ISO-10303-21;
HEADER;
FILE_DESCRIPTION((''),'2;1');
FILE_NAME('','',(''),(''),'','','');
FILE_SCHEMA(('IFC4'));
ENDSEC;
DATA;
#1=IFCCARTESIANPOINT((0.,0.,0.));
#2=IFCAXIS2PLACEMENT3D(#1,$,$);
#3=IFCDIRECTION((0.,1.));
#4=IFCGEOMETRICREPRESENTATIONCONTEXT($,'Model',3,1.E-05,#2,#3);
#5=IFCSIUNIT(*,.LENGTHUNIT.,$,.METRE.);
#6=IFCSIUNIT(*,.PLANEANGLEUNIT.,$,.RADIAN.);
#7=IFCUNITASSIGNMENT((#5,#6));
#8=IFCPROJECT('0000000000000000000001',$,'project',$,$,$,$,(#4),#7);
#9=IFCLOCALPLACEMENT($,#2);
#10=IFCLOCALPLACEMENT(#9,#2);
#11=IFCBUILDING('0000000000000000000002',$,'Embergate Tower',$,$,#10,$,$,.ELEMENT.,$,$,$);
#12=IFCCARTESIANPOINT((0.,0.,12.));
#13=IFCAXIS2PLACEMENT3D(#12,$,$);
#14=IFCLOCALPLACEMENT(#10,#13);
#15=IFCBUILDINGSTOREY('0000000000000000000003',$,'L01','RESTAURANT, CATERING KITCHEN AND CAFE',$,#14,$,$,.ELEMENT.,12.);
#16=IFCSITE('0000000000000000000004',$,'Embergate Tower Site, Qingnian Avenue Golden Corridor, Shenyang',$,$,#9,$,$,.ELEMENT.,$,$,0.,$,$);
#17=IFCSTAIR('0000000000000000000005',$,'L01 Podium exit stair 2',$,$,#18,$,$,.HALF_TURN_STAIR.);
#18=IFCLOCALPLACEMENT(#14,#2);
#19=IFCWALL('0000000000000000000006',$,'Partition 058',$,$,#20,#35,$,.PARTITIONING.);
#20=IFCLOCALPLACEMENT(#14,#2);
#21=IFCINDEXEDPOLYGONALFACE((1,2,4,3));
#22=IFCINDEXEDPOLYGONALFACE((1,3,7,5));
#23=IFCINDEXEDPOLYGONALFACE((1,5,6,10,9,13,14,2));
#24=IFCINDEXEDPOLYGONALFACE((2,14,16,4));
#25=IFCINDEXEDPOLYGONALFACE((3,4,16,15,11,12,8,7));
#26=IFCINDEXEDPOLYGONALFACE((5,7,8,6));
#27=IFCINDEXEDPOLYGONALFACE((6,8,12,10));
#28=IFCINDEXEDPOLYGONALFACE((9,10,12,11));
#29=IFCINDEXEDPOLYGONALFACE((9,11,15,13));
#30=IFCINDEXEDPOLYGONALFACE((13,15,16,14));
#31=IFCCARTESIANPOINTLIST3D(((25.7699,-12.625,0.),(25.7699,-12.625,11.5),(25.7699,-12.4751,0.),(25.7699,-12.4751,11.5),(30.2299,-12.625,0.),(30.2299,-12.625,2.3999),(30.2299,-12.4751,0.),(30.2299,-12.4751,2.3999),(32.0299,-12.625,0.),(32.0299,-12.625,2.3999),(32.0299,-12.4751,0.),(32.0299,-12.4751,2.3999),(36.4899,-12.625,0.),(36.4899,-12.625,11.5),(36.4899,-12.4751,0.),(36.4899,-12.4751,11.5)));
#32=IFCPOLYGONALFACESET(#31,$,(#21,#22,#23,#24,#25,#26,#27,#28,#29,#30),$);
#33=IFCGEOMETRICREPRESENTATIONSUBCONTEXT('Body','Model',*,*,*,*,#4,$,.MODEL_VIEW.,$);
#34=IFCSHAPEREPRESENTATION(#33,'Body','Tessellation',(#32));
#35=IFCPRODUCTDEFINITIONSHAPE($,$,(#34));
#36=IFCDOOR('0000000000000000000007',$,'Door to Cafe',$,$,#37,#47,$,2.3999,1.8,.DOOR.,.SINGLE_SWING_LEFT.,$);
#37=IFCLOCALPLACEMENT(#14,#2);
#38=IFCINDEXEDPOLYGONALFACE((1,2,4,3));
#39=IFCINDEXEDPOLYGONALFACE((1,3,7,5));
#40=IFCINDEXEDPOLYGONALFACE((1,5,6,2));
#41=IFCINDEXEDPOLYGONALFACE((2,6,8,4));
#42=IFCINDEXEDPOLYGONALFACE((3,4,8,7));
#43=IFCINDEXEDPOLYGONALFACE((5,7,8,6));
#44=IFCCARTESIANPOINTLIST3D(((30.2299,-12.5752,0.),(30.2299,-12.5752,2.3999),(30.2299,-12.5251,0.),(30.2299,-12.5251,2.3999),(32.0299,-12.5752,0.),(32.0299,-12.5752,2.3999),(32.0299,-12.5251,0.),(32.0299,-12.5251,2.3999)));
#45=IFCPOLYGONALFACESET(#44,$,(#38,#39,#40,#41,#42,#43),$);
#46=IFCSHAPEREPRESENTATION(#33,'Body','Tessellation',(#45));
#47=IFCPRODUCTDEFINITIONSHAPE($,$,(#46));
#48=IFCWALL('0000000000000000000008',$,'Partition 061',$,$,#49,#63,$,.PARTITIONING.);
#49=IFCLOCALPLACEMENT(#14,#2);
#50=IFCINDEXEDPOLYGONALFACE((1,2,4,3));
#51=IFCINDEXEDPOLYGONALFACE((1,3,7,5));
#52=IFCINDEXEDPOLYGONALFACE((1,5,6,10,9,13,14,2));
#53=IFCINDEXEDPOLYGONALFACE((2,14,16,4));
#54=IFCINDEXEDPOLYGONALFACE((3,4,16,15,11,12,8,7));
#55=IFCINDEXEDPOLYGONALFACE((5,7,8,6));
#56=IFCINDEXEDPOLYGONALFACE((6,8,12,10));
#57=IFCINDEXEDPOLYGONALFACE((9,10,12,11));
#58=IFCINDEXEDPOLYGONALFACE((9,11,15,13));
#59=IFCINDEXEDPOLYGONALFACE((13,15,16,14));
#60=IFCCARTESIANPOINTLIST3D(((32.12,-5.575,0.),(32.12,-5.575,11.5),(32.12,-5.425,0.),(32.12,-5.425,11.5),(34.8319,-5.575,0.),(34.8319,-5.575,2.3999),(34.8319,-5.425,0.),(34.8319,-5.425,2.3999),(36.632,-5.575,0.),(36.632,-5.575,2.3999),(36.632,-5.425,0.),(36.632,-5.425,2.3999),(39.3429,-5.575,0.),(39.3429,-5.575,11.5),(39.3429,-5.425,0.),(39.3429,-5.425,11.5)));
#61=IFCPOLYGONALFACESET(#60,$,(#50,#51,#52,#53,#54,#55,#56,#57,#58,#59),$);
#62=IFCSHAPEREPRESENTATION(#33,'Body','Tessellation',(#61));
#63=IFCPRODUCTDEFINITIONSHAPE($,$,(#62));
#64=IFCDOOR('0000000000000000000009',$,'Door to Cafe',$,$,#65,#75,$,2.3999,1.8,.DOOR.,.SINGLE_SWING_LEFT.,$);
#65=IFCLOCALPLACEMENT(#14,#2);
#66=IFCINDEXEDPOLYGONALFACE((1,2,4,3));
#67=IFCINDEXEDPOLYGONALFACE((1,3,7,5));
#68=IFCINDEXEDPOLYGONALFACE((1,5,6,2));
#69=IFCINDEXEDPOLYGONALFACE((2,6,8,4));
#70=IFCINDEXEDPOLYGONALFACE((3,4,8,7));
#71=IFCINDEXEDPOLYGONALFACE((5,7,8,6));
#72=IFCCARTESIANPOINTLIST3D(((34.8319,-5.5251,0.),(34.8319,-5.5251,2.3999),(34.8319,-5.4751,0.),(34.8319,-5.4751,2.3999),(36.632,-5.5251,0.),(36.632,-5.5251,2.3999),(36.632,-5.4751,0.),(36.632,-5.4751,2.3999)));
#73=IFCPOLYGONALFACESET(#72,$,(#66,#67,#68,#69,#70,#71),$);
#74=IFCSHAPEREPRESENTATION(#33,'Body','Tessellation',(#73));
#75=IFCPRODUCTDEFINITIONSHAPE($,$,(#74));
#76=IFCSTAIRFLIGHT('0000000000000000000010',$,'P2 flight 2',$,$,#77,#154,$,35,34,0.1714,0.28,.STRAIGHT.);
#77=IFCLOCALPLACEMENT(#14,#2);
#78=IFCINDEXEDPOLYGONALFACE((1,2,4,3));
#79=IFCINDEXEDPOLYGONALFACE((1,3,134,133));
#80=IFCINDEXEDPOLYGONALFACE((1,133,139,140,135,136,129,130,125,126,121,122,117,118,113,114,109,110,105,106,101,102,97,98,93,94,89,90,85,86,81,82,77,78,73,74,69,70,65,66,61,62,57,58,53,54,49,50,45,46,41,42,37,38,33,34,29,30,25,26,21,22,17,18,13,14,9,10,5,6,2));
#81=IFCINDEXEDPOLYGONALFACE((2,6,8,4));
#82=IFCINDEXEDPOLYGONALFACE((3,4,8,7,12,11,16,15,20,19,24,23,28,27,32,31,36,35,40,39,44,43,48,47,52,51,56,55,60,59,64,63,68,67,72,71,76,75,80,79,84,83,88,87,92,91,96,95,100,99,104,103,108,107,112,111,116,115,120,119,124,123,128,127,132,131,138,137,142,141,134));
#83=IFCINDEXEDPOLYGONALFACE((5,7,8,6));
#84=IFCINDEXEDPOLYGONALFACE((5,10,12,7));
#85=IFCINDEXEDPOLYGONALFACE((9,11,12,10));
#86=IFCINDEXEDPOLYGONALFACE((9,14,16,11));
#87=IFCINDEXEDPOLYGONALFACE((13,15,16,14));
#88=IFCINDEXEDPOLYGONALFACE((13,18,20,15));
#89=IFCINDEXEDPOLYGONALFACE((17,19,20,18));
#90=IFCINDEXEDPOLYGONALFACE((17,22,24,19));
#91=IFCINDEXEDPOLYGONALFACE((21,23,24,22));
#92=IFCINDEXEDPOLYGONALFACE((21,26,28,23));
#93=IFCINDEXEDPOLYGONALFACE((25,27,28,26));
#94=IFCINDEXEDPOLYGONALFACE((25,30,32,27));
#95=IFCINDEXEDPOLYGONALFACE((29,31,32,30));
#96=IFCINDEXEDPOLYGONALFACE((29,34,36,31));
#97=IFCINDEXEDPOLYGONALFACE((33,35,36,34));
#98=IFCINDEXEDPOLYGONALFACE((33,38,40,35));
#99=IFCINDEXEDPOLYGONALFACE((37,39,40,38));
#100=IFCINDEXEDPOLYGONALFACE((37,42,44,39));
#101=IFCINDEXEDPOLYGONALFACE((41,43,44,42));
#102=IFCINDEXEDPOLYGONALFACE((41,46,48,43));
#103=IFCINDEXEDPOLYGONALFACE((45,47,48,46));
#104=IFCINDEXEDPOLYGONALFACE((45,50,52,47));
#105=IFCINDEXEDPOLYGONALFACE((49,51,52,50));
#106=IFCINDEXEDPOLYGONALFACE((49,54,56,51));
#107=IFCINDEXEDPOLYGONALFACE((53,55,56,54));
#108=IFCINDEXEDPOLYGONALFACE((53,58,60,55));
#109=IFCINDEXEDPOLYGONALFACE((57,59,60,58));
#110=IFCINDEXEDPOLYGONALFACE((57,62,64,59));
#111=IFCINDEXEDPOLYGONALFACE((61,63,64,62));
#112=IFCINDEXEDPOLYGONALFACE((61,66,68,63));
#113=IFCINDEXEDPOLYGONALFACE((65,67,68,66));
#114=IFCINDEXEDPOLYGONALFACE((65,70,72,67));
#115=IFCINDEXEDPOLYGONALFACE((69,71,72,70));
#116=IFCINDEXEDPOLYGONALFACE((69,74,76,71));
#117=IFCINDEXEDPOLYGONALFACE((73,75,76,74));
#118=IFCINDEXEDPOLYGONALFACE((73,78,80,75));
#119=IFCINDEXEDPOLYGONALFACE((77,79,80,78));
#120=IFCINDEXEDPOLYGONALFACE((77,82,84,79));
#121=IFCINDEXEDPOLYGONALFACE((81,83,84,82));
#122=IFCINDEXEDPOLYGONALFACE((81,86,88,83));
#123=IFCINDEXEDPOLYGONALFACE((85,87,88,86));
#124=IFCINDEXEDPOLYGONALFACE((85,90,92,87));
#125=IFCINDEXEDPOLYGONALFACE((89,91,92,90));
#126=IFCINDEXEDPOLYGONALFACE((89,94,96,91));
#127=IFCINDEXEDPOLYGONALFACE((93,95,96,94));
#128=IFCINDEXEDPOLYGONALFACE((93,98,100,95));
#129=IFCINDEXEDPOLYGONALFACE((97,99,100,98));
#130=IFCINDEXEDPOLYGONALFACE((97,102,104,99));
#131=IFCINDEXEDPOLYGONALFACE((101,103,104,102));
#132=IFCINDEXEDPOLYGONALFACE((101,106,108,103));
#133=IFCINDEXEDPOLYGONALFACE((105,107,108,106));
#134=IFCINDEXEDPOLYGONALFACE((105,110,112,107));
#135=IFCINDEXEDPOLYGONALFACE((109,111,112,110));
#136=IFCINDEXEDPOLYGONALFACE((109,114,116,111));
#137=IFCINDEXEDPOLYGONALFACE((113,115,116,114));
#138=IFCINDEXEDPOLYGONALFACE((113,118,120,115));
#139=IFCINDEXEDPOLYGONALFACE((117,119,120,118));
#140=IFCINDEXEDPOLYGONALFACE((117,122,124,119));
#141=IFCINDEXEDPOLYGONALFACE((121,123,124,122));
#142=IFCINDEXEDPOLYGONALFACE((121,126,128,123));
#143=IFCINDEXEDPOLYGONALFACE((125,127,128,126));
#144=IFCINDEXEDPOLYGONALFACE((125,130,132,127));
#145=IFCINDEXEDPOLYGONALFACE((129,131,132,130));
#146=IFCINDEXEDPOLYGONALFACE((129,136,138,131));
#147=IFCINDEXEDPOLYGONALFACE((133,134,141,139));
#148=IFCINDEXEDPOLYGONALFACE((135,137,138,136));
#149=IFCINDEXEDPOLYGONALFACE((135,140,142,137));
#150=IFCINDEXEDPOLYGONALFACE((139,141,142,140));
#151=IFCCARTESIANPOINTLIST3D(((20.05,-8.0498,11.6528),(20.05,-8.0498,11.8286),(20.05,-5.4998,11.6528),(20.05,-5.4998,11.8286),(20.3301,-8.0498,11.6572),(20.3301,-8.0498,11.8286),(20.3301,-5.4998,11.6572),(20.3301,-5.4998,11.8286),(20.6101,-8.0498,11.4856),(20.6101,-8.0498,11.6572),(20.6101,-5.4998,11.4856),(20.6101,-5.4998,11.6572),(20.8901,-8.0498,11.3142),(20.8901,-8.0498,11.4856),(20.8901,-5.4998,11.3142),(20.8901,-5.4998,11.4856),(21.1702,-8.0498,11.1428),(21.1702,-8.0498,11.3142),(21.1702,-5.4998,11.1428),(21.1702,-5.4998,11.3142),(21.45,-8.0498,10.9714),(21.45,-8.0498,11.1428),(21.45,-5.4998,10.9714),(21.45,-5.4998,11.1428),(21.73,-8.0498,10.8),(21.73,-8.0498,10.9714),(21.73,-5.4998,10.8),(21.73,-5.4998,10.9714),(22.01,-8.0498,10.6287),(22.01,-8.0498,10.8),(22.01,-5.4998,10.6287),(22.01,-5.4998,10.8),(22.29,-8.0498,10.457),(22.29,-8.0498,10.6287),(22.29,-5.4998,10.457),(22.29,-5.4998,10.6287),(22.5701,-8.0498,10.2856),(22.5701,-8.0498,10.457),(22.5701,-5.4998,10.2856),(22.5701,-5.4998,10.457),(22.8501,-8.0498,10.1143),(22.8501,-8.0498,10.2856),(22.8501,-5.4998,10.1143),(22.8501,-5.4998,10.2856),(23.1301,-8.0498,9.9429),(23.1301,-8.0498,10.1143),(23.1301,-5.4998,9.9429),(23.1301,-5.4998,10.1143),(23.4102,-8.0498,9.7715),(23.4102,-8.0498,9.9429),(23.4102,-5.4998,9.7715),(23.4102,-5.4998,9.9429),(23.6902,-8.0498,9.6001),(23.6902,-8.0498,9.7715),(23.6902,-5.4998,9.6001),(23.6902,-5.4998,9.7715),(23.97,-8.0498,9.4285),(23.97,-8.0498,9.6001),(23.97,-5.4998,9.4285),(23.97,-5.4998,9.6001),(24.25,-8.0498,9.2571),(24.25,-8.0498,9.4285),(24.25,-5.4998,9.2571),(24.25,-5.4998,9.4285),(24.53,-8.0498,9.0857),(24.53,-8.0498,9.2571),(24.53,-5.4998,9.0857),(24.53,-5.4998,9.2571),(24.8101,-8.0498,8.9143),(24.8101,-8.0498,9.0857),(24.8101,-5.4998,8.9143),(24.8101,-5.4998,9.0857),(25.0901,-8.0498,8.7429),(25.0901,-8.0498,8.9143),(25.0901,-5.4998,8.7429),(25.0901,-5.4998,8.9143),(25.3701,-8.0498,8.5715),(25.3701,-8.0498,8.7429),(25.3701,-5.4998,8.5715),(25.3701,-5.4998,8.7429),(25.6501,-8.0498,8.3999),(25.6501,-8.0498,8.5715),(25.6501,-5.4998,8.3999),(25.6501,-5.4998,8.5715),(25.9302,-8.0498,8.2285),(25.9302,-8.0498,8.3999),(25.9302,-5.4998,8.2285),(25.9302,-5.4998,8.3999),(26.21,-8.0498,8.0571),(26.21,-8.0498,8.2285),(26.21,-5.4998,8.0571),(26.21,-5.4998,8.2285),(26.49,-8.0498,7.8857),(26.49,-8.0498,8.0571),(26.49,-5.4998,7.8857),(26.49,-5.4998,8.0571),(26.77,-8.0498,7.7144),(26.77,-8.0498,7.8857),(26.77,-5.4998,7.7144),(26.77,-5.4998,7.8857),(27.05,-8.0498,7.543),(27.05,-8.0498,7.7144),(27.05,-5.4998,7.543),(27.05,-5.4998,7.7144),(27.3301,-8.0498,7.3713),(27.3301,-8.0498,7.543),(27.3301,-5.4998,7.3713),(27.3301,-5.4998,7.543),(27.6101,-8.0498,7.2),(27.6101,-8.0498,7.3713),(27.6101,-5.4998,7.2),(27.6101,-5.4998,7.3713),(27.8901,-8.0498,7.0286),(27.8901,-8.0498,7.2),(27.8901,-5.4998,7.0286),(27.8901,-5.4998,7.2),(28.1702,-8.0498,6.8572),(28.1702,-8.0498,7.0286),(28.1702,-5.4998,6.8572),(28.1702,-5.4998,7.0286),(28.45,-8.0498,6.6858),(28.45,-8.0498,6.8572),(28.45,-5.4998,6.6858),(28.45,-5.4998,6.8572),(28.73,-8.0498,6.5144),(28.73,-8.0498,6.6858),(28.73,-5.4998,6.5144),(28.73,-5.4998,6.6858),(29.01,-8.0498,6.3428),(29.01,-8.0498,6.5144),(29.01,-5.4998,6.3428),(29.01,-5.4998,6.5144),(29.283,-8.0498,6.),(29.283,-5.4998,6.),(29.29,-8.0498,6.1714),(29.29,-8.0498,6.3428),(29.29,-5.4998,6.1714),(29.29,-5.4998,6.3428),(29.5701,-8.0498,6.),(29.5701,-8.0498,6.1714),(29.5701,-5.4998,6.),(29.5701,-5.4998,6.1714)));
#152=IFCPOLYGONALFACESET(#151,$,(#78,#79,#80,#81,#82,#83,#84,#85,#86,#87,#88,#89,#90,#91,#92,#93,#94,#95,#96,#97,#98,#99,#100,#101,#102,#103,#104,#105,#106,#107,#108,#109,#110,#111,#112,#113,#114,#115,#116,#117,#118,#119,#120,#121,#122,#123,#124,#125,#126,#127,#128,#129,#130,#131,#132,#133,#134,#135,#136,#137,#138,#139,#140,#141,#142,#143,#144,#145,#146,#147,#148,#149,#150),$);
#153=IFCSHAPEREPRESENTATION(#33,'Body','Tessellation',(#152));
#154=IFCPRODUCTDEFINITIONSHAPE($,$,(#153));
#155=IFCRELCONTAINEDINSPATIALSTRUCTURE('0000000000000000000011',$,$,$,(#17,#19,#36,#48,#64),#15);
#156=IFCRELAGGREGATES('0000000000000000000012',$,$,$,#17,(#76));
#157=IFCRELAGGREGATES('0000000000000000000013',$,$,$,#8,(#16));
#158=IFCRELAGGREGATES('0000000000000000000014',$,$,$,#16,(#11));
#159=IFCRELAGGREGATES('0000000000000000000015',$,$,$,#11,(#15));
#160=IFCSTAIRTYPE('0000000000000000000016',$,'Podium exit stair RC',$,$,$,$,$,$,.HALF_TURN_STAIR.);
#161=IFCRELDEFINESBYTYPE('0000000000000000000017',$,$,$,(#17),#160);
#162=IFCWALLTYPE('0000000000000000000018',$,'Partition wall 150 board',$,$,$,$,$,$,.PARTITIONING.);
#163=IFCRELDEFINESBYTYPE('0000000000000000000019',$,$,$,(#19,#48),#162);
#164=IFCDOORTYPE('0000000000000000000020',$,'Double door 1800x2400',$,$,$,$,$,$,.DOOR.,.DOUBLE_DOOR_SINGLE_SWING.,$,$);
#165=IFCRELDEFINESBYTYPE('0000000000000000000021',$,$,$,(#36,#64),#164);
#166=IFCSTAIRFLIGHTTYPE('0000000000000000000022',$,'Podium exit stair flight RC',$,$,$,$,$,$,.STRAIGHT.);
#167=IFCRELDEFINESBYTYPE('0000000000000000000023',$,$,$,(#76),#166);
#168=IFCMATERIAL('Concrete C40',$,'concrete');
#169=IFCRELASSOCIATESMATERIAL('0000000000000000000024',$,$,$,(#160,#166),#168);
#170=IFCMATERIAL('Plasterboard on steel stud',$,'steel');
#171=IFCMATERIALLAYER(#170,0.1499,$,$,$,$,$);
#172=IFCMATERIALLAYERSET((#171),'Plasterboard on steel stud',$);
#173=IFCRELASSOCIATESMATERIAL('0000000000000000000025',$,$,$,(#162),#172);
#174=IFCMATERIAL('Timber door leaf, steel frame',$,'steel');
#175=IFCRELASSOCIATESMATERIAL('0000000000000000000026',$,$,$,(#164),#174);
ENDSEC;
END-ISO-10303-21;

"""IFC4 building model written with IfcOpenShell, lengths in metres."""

from ifc_helpers import new_model, si_unit, direction, frame, frame_2d, origin, place, context, subcontext, project, spatial, polyline, rectangle, outline, extrude, source, transform, mapped, material, layer, layer_set, type_object, element, fill, aggregate, save


model = new_model("IFC4")

# Units and contexts
model_context = context("Model", 3, precision=1e-05, world=origin(), true_north=direction((0.0, 1.0)))
body_context = subcontext(model_context, "Body", "Model", "MODEL_VIEW")
ifc_project = project(units=[si_unit("LENGTHUNIT", "METRE"), si_unit("PLANEANGLEUNIT", "RADIAN")], contexts=[model_context])

# Site, building, storey
site_placement = place(None, origin())
site = spatial("IfcSite", under=ifc_project, at=site_placement, Name="Embergate Tower Site, Qingnian Avenue Golden Corridor, Shenyang", CompositionType="ELEMENT", RefElevation=0.0)
building_placement = place(site_placement, origin())
building = spatial("IfcBuilding", under=site, at=building_placement, Name="Embergate Tower", CompositionType="ELEMENT")
storey_placement = place(building_placement, frame((0.0, 0.0, 12.0)))
storey = spatial("IfcBuildingStorey", under=building, at=storey_placement, Name="L01", Description="RESTAURANT, CATERING KITCHEN AND CAFE", CompositionType="ELEMENT", Elevation=12.0)

# Stair
ifc_material_1 = material(Name="Concrete C40", Category="concrete")
stair_type = type_object("IfcStairType", Name="Podium exit stair RC", PredefinedType="HALF_TURN_STAIR", material=ifc_material_1)
stair_placement = place(storey_placement, origin())
stair = element("IfcStair", 1, at=stair_placement, inside=storey, type_object=stair_type, Name="L01 Podium exit stair 2", PredefinedType="HALF_TURN_STAIR")

# Shared definitions
ifc_material_2 = material(Name="Plasterboard on steel stud", Category="steel")
ifc_layer_1 = layer(ifc_material_2, 0.1499)
ifc_layer_set_1 = layer_set([ifc_layer_1], Name="Plasterboard on steel stud")
wall_type_1 = type_object("IfcWallType", Name="Partition wall 150 board", PredefinedType="PARTITIONING", material=ifc_layer_set_1)

# Walls, openings, doors
shared_shape_1 = source(origin(), body_context, "Body", "SweptSolid", [
    extrude(rectangle(XDim=10.72, YDim=0.1499, at=frame_2d((5.3599, 0.0))), origin(), (0.0, 0.0, 1.0), 11.5),
])
wall_1_placement = place(storey_placement, frame((25.77, -12.55, 0.0), z_axis=(0.0, 0.0, 1.0), x_axis=(1.0, 0.0, 0.0)))
wall_1 = element("IfcWall", 2, at=wall_1_placement, inside=storey, type_object=wall_type_1, Name="Partition 058", PredefinedType="PARTITIONING", context=body_context, shape_type="MappedRepresentation", body=[
    mapped(shared_shape_1, transform((0.0, 0.0, 0.0))),
])
shared_shape_2 = source(origin(), body_context, "Body", "SweptSolid", [
    extrude(rectangle(XDim=1.8, YDim=2.3999, at=frame_2d((0.8999, 1.2))), frame((0.0, 0.085, 0.0), z_axis=(0.0, -1.0, 0.0), x_axis=(1.0, 0.0, 0.0)), (0.0, 0.0, 1.0), 0.1699),
])
opening_1_placement = place(wall_1_placement, frame((4.46, 0.0, 0.0)))
opening_1 = element("IfcOpeningElement", 3, at=opening_1_placement, cuts=wall_1, PredefinedType="OPENING", context=body_context, shape_type="MappedRepresentation", body=[
    mapped(shared_shape_2, transform((0.0, 0.0, 0.0))),
])
ifc_material_3 = material(Name="Timber door leaf, steel frame", Category="steel")
door_type = type_object("IfcDoorType", Name="Double door 1800x2400", OperationType="DOUBLE_DOOR_SINGLE_SWING", PredefinedType="DOOR", material=ifc_material_3)
shared_shape_3 = source(origin(), body_context, "Body", "SweptSolid", [
    extrude(rectangle(XDim=1.8, YDim=2.3999, at=frame_2d((0.8999, 1.2))), frame((0.0, 0.0249, 0.0), z_axis=(0.0, -1.0, 0.0), x_axis=(1.0, 0.0, 0.0)), (0.0, 0.0, 1.0), 0.05),
])
door_1_placement = place(opening_1_placement, origin())
door_1 = element("IfcDoor", 4, at=door_1_placement, inside=storey, type_object=door_type, Name="Door to Cafe", OperationType="SINGLE_SWING_LEFT", OverallHeight=2.3999, OverallWidth=1.8, PredefinedType="DOOR", context=body_context, shape_type="MappedRepresentation", body=[
    mapped(shared_shape_3, transform((0.0, 0.0, 0.0))),
])
fill(opening_1, door_1)
shared_shape_4 = source(origin(), body_context, "Body", "SweptSolid", [
    extrude(rectangle(XDim=7.2229, YDim=0.1499, at=frame_2d((3.6113, 0.0))), origin(), (0.0, 0.0, 1.0), 11.5),
])
wall_2_placement = place(storey_placement, frame((32.1201, -5.5, 0.0), z_axis=(0.0, 0.0, 1.0), x_axis=(1.0, 0.0, 0.0)))
wall_2 = element("IfcWall", 5, at=wall_2_placement, inside=storey, type_object=wall_type_1, Name="Partition 061", PredefinedType="PARTITIONING", context=body_context, shape_type="MappedRepresentation", body=[
    mapped(shared_shape_4, transform((0.0, 0.0, 0.0))),
])
opening_2_placement = place(wall_2_placement, frame((2.7119, 0.0, 0.0)))
opening_2 = element("IfcOpeningElement", 6, at=opening_2_placement, cuts=wall_2, PredefinedType="OPENING", context=body_context, shape_type="MappedRepresentation", body=[
    mapped(shared_shape_2, transform((0.0, 0.0, 0.0))),
])
door_2_placement = place(opening_2_placement, origin())
door_2 = element("IfcDoor", 7, at=door_2_placement, inside=storey, type_object=door_type, Name="Door to Cafe", OperationType="SINGLE_SWING_LEFT", OverallHeight=2.3999, OverallWidth=1.8, PredefinedType="DOOR", context=body_context, shape_type="MappedRepresentation", body=[
    mapped(shared_shape_3, transform((0.0, 0.0, 0.0))),
])
fill(opening_2, door_2)

# Stair flight
stair_flight_type = type_object("IfcStairFlightType", Name="Podium exit stair flight RC", PredefinedType="STRAIGHT", material=ifc_material_1)
shared_shape_5 = source(origin(), body_context, "Body", "SweptSolid", [
    extrude(outline(polyline([(0.0, 0.0), (0.0, 0.1714), (0.28, 0.1714), (0.28, 0.3428), (0.5601, 0.3428), (0.5601, 0.5144), (0.8401, 0.5144), (0.8401, 0.6858), (1.1201, 0.6858), (1.1201, 0.8572), (1.3999, 0.8572), (1.3999, 1.0286), (1.6799, 1.0286), (1.6799, 1.2), (1.96, 1.2), (1.96, 1.3713), (2.24, 1.3713), (2.24, 1.543), (2.52, 1.543), (2.52, 1.7144), (2.8, 1.7144), (2.8, 1.8857), (3.0801, 1.8857), (3.0801, 2.0571), (3.3601, 2.0571), (3.3601, 2.2285), (3.6399, 2.2285), (3.6399, 2.3999), (3.9199, 2.3999), (3.9199, 2.5715), (4.2, 2.5715), (4.2, 2.7429), (4.48, 2.7429), (4.48, 2.9143), (4.76, 2.9143), (4.76, 3.0857), (5.04, 3.0857), (5.04, 3.2571), (5.3201, 3.2571), (5.3201, 3.4285), (5.6001, 3.4285), (5.6001, 3.6001), (5.8799, 3.6001), (5.8799, 3.7715), (6.1599, 3.7715), (6.1599, 3.9429), (6.4399, 3.9429), (6.4399, 4.1143), (6.72, 4.1143), (6.72, 4.2856), (7.0, 4.2856), (7.0, 4.457), (7.28, 4.457), (7.28, 4.6287), (7.5601, 4.6287), (7.5601, 4.8), (7.8401, 4.8), (7.8401, 4.9714), (8.1201, 4.9714), (8.1201, 5.1428), (8.3999, 5.1428), (8.3999, 5.3142), (8.6799, 5.3142), (8.6799, 5.4856), (8.96, 5.4856), (8.96, 5.6572), (9.24, 5.6572), (9.24, 5.8286), (9.52, 5.8286), (9.52, 6.0), (9.52, 5.6528), (0.2871, 0.0), (0.0, 0.0)])), frame((0.0, 1.2749, 0.0), z_axis=(0.0, -1.0, 0.0), x_axis=(1.0, 0.0, 0.0)), (0.0, 0.0, 1.0), 2.55),
])
stair_flight_placement = place(storey_placement, frame((29.5701, -6.7749, 6.0), z_axis=(0.0, 0.0, 1.0), x_axis=(-1.0, 0.0, 0.0)))
stair_flight = element("IfcStairFlight", 8, at=stair_flight_placement, type_object=stair_flight_type, Name="P2 flight 2", NumberOfRisers=35, NumberOfTreads=34, PredefinedType="STRAIGHT", RiserHeight=0.1714, TreadLength=0.28, context=body_context, shape_type="MappedRepresentation", body=[
    mapped(shared_shape_5, transform((0.0, 0.0, 0.0))),
])
aggregate(stair, [stair_flight])

save(model, "model.ifc")
